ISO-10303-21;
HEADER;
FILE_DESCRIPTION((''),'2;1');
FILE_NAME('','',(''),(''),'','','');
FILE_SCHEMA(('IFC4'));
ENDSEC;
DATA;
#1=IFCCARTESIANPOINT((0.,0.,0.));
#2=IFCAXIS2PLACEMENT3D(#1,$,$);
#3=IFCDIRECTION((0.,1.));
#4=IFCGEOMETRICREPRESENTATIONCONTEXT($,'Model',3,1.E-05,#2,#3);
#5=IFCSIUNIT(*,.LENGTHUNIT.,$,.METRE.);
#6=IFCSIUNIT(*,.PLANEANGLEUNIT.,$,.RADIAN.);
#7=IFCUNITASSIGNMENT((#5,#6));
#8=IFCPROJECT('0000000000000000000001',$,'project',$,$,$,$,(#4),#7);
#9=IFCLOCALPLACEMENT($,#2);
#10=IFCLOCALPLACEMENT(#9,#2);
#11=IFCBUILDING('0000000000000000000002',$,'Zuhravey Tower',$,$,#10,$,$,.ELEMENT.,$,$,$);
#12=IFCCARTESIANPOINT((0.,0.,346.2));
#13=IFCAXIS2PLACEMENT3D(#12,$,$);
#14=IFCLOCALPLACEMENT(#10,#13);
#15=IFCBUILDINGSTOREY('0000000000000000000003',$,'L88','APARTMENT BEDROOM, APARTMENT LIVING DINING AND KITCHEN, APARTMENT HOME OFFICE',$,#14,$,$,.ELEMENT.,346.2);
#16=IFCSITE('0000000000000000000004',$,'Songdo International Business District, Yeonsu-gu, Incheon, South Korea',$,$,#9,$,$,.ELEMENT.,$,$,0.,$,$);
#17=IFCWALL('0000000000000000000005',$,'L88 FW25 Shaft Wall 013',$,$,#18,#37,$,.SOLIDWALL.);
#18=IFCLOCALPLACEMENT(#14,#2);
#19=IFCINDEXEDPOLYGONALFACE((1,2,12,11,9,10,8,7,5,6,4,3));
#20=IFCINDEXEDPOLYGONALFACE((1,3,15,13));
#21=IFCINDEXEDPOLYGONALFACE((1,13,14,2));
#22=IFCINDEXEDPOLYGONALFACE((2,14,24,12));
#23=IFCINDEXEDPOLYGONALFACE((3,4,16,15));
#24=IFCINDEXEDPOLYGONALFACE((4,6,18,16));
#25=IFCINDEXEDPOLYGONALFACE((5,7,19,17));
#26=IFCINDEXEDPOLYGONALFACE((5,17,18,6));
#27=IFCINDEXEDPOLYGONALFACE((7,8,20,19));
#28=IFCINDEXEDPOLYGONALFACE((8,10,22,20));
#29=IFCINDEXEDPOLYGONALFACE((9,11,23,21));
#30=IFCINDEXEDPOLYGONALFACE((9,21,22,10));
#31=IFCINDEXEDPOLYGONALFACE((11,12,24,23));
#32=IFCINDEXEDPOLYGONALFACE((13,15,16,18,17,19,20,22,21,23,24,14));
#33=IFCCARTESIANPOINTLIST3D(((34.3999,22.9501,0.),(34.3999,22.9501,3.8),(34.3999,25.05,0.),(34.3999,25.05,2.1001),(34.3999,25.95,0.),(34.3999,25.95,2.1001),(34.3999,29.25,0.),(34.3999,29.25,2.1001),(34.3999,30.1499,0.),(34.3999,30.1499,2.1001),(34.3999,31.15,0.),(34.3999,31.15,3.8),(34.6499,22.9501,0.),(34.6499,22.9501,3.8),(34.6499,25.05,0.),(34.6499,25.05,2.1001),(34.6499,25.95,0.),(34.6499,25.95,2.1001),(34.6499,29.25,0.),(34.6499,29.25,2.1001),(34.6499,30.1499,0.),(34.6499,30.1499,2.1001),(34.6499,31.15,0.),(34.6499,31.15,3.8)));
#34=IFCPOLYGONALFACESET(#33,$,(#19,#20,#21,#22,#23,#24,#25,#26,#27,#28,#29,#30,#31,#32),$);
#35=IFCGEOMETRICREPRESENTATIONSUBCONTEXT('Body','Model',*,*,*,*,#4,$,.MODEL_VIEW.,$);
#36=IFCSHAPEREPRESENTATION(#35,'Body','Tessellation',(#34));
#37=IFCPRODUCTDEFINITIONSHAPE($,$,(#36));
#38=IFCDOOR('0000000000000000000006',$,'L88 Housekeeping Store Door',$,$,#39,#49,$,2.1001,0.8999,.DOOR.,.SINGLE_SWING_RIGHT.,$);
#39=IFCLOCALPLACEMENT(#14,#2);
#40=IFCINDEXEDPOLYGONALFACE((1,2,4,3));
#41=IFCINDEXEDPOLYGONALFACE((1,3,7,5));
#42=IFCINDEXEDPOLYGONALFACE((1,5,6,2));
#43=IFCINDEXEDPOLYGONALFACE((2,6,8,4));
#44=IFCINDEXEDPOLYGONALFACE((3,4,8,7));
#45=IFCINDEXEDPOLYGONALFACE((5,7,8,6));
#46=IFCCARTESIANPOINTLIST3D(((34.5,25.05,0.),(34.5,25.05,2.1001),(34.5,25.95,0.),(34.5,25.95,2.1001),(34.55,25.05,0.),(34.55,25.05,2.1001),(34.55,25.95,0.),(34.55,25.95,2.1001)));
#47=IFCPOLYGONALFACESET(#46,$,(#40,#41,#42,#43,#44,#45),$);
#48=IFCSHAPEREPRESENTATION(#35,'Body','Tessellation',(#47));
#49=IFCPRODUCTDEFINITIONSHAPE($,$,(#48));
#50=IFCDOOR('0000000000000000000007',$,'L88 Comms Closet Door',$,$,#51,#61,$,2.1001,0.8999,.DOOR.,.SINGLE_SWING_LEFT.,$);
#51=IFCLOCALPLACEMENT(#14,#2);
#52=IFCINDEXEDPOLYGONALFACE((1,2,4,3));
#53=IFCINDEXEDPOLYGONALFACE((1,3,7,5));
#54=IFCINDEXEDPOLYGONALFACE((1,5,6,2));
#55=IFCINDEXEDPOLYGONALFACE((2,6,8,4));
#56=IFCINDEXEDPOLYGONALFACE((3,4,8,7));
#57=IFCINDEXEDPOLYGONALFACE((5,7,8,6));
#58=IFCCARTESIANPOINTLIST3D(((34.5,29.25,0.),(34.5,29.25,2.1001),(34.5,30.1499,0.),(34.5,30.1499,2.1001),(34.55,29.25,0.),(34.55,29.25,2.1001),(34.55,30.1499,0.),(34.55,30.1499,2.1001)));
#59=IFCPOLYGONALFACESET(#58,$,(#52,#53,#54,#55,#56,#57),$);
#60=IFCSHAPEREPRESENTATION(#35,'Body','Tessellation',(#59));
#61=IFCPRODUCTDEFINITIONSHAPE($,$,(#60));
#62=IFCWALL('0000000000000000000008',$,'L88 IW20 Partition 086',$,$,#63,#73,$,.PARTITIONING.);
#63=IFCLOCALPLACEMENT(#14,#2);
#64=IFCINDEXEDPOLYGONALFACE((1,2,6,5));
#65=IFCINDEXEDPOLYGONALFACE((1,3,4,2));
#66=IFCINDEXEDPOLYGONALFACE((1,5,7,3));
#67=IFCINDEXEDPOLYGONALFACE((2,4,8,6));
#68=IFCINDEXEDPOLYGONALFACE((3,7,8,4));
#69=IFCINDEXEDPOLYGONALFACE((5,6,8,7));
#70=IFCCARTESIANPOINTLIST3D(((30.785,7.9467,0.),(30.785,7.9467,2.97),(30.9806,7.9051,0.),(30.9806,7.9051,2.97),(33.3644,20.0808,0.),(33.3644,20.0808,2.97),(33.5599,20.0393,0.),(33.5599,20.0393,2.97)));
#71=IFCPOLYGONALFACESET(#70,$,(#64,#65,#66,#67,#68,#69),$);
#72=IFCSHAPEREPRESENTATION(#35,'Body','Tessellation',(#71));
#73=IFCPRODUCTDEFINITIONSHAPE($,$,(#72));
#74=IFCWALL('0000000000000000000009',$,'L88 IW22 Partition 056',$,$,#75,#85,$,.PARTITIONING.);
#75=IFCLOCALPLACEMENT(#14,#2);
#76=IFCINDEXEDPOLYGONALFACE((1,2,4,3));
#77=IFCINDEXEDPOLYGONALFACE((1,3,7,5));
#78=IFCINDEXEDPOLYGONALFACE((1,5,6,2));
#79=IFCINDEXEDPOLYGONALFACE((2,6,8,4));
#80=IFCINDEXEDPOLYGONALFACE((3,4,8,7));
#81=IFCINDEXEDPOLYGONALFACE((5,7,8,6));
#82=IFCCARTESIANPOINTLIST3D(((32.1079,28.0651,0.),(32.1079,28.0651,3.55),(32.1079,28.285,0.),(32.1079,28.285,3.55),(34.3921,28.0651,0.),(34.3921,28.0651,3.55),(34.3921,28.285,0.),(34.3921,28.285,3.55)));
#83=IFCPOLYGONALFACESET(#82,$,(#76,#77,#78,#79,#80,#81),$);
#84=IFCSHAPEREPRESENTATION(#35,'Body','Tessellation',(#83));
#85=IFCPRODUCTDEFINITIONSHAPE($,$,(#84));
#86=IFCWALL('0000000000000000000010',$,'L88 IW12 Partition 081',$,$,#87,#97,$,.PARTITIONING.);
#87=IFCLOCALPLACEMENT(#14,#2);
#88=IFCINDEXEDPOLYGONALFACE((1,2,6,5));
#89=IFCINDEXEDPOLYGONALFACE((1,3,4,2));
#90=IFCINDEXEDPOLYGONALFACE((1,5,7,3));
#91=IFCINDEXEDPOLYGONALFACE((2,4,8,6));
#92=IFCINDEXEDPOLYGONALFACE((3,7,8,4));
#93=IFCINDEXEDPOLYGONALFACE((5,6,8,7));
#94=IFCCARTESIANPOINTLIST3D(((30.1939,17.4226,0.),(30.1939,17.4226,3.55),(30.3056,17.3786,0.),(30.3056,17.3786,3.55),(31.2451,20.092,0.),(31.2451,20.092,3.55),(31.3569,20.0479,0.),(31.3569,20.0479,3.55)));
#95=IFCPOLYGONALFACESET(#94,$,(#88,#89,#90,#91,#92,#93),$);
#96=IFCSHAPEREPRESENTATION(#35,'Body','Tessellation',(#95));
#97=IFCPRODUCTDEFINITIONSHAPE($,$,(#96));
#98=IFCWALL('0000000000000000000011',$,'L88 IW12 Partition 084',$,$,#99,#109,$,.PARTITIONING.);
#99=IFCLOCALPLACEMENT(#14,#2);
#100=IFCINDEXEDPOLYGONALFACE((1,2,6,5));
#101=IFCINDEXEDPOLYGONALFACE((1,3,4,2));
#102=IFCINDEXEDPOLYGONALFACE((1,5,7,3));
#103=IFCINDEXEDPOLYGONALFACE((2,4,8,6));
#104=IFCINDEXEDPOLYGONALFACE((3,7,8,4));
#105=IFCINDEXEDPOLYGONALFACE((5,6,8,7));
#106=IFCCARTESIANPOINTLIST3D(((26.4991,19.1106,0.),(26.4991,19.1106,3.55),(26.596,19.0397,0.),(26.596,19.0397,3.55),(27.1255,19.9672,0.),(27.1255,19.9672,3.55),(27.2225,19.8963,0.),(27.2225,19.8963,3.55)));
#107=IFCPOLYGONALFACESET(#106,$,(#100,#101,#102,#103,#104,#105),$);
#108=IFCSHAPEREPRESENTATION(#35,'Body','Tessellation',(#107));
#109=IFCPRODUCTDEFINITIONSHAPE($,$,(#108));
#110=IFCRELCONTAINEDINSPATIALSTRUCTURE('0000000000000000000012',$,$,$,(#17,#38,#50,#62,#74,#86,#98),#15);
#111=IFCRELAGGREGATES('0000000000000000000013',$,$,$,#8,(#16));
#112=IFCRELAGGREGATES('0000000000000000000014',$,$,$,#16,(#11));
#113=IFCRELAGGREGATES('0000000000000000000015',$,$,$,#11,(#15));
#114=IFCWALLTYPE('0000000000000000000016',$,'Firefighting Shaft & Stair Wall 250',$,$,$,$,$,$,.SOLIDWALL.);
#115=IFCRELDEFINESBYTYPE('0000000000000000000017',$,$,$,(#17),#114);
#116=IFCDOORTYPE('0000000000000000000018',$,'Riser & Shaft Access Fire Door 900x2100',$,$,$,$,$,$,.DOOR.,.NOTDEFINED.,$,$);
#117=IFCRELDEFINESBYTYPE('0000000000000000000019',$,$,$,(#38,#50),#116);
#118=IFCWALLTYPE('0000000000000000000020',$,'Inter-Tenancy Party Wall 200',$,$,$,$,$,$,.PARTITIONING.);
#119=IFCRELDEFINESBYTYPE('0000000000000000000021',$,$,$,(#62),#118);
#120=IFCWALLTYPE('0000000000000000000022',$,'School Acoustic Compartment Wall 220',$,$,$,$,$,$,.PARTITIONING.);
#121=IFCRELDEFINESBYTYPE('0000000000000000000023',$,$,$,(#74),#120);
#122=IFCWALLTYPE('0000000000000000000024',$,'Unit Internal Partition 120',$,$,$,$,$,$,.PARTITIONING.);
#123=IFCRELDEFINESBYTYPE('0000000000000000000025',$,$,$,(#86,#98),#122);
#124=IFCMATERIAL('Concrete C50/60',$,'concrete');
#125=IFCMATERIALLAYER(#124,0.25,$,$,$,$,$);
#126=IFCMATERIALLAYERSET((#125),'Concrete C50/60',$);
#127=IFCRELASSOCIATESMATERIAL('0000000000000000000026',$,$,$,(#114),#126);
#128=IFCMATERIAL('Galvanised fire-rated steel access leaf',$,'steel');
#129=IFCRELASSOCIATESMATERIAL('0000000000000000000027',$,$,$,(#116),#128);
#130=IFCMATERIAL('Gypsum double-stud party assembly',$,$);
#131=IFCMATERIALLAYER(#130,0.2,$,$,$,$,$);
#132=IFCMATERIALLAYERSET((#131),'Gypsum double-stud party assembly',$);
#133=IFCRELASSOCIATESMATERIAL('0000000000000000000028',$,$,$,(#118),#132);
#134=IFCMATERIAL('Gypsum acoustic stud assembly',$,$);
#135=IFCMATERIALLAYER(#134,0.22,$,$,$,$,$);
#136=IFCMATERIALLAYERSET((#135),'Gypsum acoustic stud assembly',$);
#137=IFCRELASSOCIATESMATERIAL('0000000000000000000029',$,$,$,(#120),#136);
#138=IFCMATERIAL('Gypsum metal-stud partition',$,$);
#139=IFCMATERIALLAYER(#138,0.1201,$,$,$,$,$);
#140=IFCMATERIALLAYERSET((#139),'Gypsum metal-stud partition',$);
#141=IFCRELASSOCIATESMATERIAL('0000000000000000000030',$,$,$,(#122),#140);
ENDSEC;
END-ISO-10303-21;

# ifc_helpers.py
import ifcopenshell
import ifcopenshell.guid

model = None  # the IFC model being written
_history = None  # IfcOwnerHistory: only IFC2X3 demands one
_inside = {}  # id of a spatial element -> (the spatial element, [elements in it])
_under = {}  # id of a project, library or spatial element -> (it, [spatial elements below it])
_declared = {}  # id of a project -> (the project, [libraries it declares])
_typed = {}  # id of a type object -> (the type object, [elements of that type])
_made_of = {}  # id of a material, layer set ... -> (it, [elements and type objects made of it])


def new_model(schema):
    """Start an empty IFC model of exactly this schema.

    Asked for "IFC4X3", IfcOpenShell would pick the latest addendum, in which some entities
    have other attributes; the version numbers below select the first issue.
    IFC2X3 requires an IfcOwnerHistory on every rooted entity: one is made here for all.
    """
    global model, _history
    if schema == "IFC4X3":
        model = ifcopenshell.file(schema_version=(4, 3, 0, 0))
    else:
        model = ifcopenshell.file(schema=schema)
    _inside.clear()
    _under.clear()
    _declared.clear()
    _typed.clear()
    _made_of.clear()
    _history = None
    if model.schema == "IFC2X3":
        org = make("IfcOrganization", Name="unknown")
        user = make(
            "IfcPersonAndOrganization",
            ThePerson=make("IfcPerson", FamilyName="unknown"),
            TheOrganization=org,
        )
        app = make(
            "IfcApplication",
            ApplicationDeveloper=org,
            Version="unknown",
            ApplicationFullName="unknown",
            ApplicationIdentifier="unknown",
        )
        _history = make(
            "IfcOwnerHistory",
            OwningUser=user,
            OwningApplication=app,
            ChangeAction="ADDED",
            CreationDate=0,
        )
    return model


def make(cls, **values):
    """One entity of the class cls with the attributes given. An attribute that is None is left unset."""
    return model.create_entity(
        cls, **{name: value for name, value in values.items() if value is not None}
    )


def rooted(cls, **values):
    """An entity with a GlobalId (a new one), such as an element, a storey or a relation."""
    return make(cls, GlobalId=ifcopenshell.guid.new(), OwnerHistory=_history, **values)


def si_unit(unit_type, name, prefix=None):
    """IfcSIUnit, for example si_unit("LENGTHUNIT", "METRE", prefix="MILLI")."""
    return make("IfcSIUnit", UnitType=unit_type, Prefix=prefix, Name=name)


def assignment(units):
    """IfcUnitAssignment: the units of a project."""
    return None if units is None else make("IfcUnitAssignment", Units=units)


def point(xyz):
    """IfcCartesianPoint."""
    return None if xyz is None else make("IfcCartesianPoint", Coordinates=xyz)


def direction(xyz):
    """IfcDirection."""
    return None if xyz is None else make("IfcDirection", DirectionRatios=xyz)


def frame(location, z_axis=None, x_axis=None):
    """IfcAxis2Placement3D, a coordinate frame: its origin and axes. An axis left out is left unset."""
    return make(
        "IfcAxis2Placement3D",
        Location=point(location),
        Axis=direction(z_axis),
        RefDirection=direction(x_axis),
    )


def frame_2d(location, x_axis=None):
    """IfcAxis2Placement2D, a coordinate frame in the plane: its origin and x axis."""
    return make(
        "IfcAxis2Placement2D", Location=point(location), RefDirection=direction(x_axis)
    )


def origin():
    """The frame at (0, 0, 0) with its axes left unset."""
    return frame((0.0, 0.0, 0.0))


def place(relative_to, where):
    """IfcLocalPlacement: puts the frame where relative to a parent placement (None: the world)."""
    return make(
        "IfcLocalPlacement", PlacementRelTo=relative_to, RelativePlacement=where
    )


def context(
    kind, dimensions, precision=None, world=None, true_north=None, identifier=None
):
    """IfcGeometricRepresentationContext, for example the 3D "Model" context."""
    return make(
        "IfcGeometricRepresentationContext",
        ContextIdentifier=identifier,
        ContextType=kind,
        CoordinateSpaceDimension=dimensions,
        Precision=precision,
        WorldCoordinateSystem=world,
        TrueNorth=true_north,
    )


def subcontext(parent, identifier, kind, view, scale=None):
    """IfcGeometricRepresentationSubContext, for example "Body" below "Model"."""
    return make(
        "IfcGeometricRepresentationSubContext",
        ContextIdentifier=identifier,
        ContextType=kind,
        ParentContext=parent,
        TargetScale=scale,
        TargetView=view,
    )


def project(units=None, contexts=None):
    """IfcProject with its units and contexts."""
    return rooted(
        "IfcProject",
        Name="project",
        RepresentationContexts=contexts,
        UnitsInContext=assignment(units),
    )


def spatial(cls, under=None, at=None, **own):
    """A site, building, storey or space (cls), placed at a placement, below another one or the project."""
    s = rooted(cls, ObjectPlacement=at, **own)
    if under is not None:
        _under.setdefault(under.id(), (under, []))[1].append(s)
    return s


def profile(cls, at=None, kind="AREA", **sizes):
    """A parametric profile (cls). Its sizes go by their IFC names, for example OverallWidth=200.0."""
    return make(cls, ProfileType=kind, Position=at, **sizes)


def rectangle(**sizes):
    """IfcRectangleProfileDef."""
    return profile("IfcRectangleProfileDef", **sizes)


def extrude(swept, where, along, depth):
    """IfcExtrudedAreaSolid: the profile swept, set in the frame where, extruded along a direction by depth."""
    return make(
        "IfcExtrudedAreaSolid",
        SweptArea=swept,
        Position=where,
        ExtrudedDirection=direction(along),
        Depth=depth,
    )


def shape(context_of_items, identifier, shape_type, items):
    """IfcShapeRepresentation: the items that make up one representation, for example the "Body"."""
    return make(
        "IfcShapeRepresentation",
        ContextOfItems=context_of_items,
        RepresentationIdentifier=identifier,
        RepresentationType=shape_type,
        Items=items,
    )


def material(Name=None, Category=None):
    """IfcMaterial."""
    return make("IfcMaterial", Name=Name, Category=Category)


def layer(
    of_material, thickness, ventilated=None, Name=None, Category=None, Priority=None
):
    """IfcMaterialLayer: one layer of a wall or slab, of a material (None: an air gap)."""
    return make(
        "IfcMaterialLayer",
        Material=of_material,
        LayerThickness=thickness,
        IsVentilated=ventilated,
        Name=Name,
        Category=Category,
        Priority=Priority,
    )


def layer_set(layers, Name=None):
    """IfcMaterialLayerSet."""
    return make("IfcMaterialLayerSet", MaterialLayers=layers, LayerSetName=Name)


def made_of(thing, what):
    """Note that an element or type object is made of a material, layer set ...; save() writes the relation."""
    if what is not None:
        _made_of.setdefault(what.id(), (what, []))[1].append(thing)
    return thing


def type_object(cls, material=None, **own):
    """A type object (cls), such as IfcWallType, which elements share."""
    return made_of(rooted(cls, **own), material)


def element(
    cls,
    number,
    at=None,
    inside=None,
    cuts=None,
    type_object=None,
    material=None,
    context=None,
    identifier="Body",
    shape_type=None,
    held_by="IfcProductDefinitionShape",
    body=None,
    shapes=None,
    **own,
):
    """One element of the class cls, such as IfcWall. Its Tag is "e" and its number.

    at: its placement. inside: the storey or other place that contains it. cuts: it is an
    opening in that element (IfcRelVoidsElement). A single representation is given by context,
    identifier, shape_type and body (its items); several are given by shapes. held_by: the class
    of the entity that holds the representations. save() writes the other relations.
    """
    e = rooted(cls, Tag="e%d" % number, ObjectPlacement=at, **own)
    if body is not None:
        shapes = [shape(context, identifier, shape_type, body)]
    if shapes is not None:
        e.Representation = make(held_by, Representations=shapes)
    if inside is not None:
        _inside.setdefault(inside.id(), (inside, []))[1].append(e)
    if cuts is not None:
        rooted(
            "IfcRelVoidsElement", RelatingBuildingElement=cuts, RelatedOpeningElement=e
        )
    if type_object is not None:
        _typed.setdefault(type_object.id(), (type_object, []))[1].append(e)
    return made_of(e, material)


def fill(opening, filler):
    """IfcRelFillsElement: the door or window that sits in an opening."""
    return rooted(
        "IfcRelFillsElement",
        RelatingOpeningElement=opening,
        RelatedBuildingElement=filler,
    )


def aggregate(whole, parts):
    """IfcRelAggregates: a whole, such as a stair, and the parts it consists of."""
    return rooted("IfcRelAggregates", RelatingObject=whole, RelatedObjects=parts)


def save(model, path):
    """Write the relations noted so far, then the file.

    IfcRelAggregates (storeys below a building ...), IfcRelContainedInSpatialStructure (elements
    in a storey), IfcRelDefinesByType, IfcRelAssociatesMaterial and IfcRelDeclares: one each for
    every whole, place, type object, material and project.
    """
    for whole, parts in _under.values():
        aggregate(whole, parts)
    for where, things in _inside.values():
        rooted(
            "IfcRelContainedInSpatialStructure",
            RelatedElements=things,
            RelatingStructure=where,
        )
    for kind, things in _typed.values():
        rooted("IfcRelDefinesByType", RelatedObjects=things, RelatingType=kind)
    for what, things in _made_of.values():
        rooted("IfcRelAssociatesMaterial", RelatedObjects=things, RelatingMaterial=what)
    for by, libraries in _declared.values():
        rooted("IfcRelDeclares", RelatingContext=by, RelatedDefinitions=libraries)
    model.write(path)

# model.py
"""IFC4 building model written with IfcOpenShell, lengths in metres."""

from ifc_helpers import new_model, si_unit, direction, frame, frame_2d, origin, place, context, subcontext, project, spatial, rectangle, extrude, material, layer, layer_set, type_object, element, fill, save


model = new_model("IFC4")

# Units and contexts
model_context = context("Model", 3, precision=1e-05, world=origin(), true_north=direction((0.0, 1.0)))
body_context = subcontext(model_context, "Body", "Model", "MODEL_VIEW")
ifc_project = project(units=[si_unit("LENGTHUNIT", "METRE"), si_unit("PLANEANGLEUNIT", "RADIAN")], contexts=[model_context])

# Site, building, storey
site_placement = place(None, origin())
site = spatial("IfcSite", under=ifc_project, at=site_placement, Name="Songdo International Business District, Yeonsu-gu, Incheon, South Korea", CompositionType="ELEMENT", RefElevation=0.0)
building_placement = place(site_placement, origin())
building = spatial("IfcBuilding", under=site, at=building_placement, Name="Zuhravey Tower", CompositionType="ELEMENT")
storey_placement = place(building_placement, frame((0.0, 0.0, 346.2)))
storey = spatial("IfcBuildingStorey", under=building, at=storey_placement, Name="L88", Description="APARTMENT BEDROOM, APARTMENT LIVING DINING AND KITCHEN, APARTMENT HOME OFFICE", CompositionType="ELEMENT", Elevation=346.2)

# Shared definitions
ifc_material_1 = material(Name="Concrete C50/60", Category="concrete")
ifc_layer_1 = layer(ifc_material_1, 0.25)
ifc_layer_set_1 = layer_set([ifc_layer_1], Name="Concrete C50/60")
wall_type_1 = type_object("IfcWallType", Name="Firefighting Shaft & Stair Wall 250", PredefinedType="SOLIDWALL", material=ifc_layer_set_1)

# Shared definitions
ifc_material_2 = material(Name="Galvanised fire-rated steel access leaf", Category="steel")
door_type_1 = type_object("IfcDoorType", Name="Riser & Shaft Access Fire Door 900x2100", OperationType="NOTDEFINED", PredefinedType="DOOR", material=ifc_material_2)

# Wall, openings, doors
wall_1_placement = place(storey_placement, frame((34.5249, 22.95, 0.0), z_axis=(0.0, 0.0, 1.0), x_axis=(0.0, 1.0, 0.0)))
wall_1 = element("IfcWall", 1, at=wall_1_placement, inside=storey, type_object=wall_type_1, Name="L88 FW25 Shaft Wall 013", PredefinedType="SOLIDWALL", context=body_context, shape_type="SweptSolid", body=[
    extrude(rectangle(XDim=8.2, YDim=0.25, at=frame_2d((4.1001, 0.0))), origin(), (0.0, 0.0, 1.0), 3.8),
])
opening_1_placement = place(wall_1_placement, frame((2.1001, 0.0, 0.0)))
opening_1 = element("IfcOpeningElement", 2, at=opening_1_placement, cuts=wall_1, PredefinedType="OPENING", context=body_context, shape_type="SweptSolid", body=[
    extrude(rectangle(XDim=0.8999, YDim=2.1001, at=frame_2d((0.45, 1.05))), frame((0.0, 0.137, 0.0), z_axis=(0.0, -1.0, 0.0), x_axis=(1.0, 0.0, 0.0)), (0.0, 0.0, 1.0), 0.2739),
])
opening_2_placement = place(wall_1_placement, frame((6.3, 0.0, 0.0)))
opening_2 = element("IfcOpeningElement", 3, at=opening_2_placement, cuts=wall_1, PredefinedType="OPENING", context=body_context, shape_type="SweptSolid", body=[
    extrude(rectangle(XDim=0.8999, YDim=2.1001, at=frame_2d((0.45, 1.05))), frame((0.0, 0.137, 0.0), z_axis=(0.0, -1.0, 0.0), x_axis=(1.0, 0.0, 0.0)), (0.0, 0.0, 1.0), 0.2739),
])
door_1_placement = place(opening_1_placement, origin())
door_1 = element("IfcDoor", 4, at=door_1_placement, inside=storey, type_object=door_type_1, Name="L88 Housekeeping Store Door", OperationType="SINGLE_SWING_RIGHT", OverallHeight=2.1001, OverallWidth=0.8999, PredefinedType="DOOR", context=body_context, shape_type="SweptSolid", body=[
    extrude(rectangle(XDim=0.8999, YDim=2.1001, at=frame_2d((0.45, 1.05))), frame((0.0, 0.0249, 0.0), z_axis=(0.0, -1.0, 0.0), x_axis=(1.0, 0.0, 0.0)), (0.0, 0.0, 1.0), 0.05),
])
fill(opening_1, door_1)
door_2_placement = place(opening_2_placement, origin())
door_2 = element("IfcDoor", 5, at=door_2_placement, inside=storey, type_object=door_type_1, Name="L88 Comms Closet Door", OperationType="SINGLE_SWING_LEFT", OverallHeight=2.1001, OverallWidth=0.8999, PredefinedType="DOOR", context=body_context, shape_type="SweptSolid", body=[
    extrude(rectangle(XDim=0.8999, YDim=2.1001, at=frame_2d((0.45, 1.05))), frame((0.0, 0.0249, 0.0), z_axis=(0.0, -1.0, 0.0), x_axis=(1.0, 0.0, 0.0)), (0.0, 0.0, 1.0), 0.05),
])
fill(opening_2, door_2)

# Walls
ifc_material_3 = material(Name="Gypsum double-stud party assembly")
ifc_layer_2 = layer(ifc_material_3, 0.2)
ifc_layer_set_2 = layer_set([ifc_layer_2], Name="Gypsum double-stud party assembly")
wall_type_2 = type_object("IfcWallType", Name="Inter-Tenancy Party Wall 200", PredefinedType="PARTITIONING", material=ifc_layer_set_2)
wall_2_placement = place(storey_placement, frame((33.4622, 20.0601, 0.0), z_axis=(0.0, 0.0, 1.0), x_axis=(-0.207921, -0.978146, 0.0)))
element("IfcWall", 6, at=wall_2_placement, inside=storey, type_object=wall_type_2, Name="L88 IW20 Partition 086", PredefinedType="PARTITIONING", context=body_context, shape_type="SweptSolid", body=[
    extrude(rectangle(XDim=12.4053, YDim=0.2, at=frame_2d((6.2026, 0.0))), origin(), (0.0, 0.0, 1.0), 2.97),
])
ifc_material_4 = material(Name="Gypsum acoustic stud assembly")
ifc_layer_3 = layer(ifc_material_4, 0.22)
ifc_layer_set_3 = layer_set([ifc_layer_3], Name="Gypsum acoustic stud assembly")
wall_type_3 = type_object("IfcWallType", Name="School Acoustic Compartment Wall 220", PredefinedType="PARTITIONING", material=ifc_layer_set_3)
wall_3_placement = place(storey_placement, frame((32.1079, 28.175, 0.0), z_axis=(0.0, 0.0, 1.0), x_axis=(1.0, 0.0, 0.0)))
element("IfcWall", 7, at=wall_3_placement, inside=storey, type_object=wall_type_3, Name="L88 IW22 Partition 056", PredefinedType="PARTITIONING", context=body_context, shape_type="SweptSolid", body=[
    extrude(rectangle(XDim=2.2842, YDim=0.22, at=frame_2d((1.1421, 0.0))), origin(), (0.0, 0.0, 1.0), 3.55),
])
ifc_material_5 = material(Name="Gypsum metal-stud partition")
ifc_layer_4 = layer(ifc_material_5, 0.1201)
ifc_layer_set_4 = layer_set([ifc_layer_4], Name="Gypsum metal-stud partition")
wall_type_4 = type_object("IfcWallType", Name="Unit Internal Partition 120", PredefinedType="PARTITIONING", material=ifc_layer_set_4)
wall_4_placement = place(storey_placement, frame((31.301, 20.0701, 0.0), z_axis=(0.0, 0.0, 1.0), x_axis=(-0.366426, -0.930447, 0.0)))
element("IfcWall", 8, at=wall_4_placement, inside=storey, type_object=wall_type_4, Name="L88 IW12 Partition 081", PredefinedType="PARTITIONING", context=body_context, shape_type="SweptSolid", body=[
    extrude(rectangle(XDim=2.8689, YDim=0.1201, at=frame_2d((1.4346, 0.0))), origin(), (0.0, 0.0, 1.0), 3.55),
])
wall_5_placement = place(storey_placement, frame((27.1741, 19.9319, 0.0), z_axis=(0.0, 0.0, 1.0), x_axis=(-0.590276, -0.807201, 0.0)))
element("IfcWall", 9, at=wall_5_placement, inside=storey, type_object=wall_type_4, Name="L88 IW12 Partition 084", PredefinedType="PARTITIONING", context=body_context, shape_type="SweptSolid", body=[
    extrude(rectangle(XDim=1.0613, YDim=0.1201, at=frame_2d((0.5308, 0.0))), origin(), (0.0, 0.0, 1.0), 3.55),
])

save(model, "model.ifc")
